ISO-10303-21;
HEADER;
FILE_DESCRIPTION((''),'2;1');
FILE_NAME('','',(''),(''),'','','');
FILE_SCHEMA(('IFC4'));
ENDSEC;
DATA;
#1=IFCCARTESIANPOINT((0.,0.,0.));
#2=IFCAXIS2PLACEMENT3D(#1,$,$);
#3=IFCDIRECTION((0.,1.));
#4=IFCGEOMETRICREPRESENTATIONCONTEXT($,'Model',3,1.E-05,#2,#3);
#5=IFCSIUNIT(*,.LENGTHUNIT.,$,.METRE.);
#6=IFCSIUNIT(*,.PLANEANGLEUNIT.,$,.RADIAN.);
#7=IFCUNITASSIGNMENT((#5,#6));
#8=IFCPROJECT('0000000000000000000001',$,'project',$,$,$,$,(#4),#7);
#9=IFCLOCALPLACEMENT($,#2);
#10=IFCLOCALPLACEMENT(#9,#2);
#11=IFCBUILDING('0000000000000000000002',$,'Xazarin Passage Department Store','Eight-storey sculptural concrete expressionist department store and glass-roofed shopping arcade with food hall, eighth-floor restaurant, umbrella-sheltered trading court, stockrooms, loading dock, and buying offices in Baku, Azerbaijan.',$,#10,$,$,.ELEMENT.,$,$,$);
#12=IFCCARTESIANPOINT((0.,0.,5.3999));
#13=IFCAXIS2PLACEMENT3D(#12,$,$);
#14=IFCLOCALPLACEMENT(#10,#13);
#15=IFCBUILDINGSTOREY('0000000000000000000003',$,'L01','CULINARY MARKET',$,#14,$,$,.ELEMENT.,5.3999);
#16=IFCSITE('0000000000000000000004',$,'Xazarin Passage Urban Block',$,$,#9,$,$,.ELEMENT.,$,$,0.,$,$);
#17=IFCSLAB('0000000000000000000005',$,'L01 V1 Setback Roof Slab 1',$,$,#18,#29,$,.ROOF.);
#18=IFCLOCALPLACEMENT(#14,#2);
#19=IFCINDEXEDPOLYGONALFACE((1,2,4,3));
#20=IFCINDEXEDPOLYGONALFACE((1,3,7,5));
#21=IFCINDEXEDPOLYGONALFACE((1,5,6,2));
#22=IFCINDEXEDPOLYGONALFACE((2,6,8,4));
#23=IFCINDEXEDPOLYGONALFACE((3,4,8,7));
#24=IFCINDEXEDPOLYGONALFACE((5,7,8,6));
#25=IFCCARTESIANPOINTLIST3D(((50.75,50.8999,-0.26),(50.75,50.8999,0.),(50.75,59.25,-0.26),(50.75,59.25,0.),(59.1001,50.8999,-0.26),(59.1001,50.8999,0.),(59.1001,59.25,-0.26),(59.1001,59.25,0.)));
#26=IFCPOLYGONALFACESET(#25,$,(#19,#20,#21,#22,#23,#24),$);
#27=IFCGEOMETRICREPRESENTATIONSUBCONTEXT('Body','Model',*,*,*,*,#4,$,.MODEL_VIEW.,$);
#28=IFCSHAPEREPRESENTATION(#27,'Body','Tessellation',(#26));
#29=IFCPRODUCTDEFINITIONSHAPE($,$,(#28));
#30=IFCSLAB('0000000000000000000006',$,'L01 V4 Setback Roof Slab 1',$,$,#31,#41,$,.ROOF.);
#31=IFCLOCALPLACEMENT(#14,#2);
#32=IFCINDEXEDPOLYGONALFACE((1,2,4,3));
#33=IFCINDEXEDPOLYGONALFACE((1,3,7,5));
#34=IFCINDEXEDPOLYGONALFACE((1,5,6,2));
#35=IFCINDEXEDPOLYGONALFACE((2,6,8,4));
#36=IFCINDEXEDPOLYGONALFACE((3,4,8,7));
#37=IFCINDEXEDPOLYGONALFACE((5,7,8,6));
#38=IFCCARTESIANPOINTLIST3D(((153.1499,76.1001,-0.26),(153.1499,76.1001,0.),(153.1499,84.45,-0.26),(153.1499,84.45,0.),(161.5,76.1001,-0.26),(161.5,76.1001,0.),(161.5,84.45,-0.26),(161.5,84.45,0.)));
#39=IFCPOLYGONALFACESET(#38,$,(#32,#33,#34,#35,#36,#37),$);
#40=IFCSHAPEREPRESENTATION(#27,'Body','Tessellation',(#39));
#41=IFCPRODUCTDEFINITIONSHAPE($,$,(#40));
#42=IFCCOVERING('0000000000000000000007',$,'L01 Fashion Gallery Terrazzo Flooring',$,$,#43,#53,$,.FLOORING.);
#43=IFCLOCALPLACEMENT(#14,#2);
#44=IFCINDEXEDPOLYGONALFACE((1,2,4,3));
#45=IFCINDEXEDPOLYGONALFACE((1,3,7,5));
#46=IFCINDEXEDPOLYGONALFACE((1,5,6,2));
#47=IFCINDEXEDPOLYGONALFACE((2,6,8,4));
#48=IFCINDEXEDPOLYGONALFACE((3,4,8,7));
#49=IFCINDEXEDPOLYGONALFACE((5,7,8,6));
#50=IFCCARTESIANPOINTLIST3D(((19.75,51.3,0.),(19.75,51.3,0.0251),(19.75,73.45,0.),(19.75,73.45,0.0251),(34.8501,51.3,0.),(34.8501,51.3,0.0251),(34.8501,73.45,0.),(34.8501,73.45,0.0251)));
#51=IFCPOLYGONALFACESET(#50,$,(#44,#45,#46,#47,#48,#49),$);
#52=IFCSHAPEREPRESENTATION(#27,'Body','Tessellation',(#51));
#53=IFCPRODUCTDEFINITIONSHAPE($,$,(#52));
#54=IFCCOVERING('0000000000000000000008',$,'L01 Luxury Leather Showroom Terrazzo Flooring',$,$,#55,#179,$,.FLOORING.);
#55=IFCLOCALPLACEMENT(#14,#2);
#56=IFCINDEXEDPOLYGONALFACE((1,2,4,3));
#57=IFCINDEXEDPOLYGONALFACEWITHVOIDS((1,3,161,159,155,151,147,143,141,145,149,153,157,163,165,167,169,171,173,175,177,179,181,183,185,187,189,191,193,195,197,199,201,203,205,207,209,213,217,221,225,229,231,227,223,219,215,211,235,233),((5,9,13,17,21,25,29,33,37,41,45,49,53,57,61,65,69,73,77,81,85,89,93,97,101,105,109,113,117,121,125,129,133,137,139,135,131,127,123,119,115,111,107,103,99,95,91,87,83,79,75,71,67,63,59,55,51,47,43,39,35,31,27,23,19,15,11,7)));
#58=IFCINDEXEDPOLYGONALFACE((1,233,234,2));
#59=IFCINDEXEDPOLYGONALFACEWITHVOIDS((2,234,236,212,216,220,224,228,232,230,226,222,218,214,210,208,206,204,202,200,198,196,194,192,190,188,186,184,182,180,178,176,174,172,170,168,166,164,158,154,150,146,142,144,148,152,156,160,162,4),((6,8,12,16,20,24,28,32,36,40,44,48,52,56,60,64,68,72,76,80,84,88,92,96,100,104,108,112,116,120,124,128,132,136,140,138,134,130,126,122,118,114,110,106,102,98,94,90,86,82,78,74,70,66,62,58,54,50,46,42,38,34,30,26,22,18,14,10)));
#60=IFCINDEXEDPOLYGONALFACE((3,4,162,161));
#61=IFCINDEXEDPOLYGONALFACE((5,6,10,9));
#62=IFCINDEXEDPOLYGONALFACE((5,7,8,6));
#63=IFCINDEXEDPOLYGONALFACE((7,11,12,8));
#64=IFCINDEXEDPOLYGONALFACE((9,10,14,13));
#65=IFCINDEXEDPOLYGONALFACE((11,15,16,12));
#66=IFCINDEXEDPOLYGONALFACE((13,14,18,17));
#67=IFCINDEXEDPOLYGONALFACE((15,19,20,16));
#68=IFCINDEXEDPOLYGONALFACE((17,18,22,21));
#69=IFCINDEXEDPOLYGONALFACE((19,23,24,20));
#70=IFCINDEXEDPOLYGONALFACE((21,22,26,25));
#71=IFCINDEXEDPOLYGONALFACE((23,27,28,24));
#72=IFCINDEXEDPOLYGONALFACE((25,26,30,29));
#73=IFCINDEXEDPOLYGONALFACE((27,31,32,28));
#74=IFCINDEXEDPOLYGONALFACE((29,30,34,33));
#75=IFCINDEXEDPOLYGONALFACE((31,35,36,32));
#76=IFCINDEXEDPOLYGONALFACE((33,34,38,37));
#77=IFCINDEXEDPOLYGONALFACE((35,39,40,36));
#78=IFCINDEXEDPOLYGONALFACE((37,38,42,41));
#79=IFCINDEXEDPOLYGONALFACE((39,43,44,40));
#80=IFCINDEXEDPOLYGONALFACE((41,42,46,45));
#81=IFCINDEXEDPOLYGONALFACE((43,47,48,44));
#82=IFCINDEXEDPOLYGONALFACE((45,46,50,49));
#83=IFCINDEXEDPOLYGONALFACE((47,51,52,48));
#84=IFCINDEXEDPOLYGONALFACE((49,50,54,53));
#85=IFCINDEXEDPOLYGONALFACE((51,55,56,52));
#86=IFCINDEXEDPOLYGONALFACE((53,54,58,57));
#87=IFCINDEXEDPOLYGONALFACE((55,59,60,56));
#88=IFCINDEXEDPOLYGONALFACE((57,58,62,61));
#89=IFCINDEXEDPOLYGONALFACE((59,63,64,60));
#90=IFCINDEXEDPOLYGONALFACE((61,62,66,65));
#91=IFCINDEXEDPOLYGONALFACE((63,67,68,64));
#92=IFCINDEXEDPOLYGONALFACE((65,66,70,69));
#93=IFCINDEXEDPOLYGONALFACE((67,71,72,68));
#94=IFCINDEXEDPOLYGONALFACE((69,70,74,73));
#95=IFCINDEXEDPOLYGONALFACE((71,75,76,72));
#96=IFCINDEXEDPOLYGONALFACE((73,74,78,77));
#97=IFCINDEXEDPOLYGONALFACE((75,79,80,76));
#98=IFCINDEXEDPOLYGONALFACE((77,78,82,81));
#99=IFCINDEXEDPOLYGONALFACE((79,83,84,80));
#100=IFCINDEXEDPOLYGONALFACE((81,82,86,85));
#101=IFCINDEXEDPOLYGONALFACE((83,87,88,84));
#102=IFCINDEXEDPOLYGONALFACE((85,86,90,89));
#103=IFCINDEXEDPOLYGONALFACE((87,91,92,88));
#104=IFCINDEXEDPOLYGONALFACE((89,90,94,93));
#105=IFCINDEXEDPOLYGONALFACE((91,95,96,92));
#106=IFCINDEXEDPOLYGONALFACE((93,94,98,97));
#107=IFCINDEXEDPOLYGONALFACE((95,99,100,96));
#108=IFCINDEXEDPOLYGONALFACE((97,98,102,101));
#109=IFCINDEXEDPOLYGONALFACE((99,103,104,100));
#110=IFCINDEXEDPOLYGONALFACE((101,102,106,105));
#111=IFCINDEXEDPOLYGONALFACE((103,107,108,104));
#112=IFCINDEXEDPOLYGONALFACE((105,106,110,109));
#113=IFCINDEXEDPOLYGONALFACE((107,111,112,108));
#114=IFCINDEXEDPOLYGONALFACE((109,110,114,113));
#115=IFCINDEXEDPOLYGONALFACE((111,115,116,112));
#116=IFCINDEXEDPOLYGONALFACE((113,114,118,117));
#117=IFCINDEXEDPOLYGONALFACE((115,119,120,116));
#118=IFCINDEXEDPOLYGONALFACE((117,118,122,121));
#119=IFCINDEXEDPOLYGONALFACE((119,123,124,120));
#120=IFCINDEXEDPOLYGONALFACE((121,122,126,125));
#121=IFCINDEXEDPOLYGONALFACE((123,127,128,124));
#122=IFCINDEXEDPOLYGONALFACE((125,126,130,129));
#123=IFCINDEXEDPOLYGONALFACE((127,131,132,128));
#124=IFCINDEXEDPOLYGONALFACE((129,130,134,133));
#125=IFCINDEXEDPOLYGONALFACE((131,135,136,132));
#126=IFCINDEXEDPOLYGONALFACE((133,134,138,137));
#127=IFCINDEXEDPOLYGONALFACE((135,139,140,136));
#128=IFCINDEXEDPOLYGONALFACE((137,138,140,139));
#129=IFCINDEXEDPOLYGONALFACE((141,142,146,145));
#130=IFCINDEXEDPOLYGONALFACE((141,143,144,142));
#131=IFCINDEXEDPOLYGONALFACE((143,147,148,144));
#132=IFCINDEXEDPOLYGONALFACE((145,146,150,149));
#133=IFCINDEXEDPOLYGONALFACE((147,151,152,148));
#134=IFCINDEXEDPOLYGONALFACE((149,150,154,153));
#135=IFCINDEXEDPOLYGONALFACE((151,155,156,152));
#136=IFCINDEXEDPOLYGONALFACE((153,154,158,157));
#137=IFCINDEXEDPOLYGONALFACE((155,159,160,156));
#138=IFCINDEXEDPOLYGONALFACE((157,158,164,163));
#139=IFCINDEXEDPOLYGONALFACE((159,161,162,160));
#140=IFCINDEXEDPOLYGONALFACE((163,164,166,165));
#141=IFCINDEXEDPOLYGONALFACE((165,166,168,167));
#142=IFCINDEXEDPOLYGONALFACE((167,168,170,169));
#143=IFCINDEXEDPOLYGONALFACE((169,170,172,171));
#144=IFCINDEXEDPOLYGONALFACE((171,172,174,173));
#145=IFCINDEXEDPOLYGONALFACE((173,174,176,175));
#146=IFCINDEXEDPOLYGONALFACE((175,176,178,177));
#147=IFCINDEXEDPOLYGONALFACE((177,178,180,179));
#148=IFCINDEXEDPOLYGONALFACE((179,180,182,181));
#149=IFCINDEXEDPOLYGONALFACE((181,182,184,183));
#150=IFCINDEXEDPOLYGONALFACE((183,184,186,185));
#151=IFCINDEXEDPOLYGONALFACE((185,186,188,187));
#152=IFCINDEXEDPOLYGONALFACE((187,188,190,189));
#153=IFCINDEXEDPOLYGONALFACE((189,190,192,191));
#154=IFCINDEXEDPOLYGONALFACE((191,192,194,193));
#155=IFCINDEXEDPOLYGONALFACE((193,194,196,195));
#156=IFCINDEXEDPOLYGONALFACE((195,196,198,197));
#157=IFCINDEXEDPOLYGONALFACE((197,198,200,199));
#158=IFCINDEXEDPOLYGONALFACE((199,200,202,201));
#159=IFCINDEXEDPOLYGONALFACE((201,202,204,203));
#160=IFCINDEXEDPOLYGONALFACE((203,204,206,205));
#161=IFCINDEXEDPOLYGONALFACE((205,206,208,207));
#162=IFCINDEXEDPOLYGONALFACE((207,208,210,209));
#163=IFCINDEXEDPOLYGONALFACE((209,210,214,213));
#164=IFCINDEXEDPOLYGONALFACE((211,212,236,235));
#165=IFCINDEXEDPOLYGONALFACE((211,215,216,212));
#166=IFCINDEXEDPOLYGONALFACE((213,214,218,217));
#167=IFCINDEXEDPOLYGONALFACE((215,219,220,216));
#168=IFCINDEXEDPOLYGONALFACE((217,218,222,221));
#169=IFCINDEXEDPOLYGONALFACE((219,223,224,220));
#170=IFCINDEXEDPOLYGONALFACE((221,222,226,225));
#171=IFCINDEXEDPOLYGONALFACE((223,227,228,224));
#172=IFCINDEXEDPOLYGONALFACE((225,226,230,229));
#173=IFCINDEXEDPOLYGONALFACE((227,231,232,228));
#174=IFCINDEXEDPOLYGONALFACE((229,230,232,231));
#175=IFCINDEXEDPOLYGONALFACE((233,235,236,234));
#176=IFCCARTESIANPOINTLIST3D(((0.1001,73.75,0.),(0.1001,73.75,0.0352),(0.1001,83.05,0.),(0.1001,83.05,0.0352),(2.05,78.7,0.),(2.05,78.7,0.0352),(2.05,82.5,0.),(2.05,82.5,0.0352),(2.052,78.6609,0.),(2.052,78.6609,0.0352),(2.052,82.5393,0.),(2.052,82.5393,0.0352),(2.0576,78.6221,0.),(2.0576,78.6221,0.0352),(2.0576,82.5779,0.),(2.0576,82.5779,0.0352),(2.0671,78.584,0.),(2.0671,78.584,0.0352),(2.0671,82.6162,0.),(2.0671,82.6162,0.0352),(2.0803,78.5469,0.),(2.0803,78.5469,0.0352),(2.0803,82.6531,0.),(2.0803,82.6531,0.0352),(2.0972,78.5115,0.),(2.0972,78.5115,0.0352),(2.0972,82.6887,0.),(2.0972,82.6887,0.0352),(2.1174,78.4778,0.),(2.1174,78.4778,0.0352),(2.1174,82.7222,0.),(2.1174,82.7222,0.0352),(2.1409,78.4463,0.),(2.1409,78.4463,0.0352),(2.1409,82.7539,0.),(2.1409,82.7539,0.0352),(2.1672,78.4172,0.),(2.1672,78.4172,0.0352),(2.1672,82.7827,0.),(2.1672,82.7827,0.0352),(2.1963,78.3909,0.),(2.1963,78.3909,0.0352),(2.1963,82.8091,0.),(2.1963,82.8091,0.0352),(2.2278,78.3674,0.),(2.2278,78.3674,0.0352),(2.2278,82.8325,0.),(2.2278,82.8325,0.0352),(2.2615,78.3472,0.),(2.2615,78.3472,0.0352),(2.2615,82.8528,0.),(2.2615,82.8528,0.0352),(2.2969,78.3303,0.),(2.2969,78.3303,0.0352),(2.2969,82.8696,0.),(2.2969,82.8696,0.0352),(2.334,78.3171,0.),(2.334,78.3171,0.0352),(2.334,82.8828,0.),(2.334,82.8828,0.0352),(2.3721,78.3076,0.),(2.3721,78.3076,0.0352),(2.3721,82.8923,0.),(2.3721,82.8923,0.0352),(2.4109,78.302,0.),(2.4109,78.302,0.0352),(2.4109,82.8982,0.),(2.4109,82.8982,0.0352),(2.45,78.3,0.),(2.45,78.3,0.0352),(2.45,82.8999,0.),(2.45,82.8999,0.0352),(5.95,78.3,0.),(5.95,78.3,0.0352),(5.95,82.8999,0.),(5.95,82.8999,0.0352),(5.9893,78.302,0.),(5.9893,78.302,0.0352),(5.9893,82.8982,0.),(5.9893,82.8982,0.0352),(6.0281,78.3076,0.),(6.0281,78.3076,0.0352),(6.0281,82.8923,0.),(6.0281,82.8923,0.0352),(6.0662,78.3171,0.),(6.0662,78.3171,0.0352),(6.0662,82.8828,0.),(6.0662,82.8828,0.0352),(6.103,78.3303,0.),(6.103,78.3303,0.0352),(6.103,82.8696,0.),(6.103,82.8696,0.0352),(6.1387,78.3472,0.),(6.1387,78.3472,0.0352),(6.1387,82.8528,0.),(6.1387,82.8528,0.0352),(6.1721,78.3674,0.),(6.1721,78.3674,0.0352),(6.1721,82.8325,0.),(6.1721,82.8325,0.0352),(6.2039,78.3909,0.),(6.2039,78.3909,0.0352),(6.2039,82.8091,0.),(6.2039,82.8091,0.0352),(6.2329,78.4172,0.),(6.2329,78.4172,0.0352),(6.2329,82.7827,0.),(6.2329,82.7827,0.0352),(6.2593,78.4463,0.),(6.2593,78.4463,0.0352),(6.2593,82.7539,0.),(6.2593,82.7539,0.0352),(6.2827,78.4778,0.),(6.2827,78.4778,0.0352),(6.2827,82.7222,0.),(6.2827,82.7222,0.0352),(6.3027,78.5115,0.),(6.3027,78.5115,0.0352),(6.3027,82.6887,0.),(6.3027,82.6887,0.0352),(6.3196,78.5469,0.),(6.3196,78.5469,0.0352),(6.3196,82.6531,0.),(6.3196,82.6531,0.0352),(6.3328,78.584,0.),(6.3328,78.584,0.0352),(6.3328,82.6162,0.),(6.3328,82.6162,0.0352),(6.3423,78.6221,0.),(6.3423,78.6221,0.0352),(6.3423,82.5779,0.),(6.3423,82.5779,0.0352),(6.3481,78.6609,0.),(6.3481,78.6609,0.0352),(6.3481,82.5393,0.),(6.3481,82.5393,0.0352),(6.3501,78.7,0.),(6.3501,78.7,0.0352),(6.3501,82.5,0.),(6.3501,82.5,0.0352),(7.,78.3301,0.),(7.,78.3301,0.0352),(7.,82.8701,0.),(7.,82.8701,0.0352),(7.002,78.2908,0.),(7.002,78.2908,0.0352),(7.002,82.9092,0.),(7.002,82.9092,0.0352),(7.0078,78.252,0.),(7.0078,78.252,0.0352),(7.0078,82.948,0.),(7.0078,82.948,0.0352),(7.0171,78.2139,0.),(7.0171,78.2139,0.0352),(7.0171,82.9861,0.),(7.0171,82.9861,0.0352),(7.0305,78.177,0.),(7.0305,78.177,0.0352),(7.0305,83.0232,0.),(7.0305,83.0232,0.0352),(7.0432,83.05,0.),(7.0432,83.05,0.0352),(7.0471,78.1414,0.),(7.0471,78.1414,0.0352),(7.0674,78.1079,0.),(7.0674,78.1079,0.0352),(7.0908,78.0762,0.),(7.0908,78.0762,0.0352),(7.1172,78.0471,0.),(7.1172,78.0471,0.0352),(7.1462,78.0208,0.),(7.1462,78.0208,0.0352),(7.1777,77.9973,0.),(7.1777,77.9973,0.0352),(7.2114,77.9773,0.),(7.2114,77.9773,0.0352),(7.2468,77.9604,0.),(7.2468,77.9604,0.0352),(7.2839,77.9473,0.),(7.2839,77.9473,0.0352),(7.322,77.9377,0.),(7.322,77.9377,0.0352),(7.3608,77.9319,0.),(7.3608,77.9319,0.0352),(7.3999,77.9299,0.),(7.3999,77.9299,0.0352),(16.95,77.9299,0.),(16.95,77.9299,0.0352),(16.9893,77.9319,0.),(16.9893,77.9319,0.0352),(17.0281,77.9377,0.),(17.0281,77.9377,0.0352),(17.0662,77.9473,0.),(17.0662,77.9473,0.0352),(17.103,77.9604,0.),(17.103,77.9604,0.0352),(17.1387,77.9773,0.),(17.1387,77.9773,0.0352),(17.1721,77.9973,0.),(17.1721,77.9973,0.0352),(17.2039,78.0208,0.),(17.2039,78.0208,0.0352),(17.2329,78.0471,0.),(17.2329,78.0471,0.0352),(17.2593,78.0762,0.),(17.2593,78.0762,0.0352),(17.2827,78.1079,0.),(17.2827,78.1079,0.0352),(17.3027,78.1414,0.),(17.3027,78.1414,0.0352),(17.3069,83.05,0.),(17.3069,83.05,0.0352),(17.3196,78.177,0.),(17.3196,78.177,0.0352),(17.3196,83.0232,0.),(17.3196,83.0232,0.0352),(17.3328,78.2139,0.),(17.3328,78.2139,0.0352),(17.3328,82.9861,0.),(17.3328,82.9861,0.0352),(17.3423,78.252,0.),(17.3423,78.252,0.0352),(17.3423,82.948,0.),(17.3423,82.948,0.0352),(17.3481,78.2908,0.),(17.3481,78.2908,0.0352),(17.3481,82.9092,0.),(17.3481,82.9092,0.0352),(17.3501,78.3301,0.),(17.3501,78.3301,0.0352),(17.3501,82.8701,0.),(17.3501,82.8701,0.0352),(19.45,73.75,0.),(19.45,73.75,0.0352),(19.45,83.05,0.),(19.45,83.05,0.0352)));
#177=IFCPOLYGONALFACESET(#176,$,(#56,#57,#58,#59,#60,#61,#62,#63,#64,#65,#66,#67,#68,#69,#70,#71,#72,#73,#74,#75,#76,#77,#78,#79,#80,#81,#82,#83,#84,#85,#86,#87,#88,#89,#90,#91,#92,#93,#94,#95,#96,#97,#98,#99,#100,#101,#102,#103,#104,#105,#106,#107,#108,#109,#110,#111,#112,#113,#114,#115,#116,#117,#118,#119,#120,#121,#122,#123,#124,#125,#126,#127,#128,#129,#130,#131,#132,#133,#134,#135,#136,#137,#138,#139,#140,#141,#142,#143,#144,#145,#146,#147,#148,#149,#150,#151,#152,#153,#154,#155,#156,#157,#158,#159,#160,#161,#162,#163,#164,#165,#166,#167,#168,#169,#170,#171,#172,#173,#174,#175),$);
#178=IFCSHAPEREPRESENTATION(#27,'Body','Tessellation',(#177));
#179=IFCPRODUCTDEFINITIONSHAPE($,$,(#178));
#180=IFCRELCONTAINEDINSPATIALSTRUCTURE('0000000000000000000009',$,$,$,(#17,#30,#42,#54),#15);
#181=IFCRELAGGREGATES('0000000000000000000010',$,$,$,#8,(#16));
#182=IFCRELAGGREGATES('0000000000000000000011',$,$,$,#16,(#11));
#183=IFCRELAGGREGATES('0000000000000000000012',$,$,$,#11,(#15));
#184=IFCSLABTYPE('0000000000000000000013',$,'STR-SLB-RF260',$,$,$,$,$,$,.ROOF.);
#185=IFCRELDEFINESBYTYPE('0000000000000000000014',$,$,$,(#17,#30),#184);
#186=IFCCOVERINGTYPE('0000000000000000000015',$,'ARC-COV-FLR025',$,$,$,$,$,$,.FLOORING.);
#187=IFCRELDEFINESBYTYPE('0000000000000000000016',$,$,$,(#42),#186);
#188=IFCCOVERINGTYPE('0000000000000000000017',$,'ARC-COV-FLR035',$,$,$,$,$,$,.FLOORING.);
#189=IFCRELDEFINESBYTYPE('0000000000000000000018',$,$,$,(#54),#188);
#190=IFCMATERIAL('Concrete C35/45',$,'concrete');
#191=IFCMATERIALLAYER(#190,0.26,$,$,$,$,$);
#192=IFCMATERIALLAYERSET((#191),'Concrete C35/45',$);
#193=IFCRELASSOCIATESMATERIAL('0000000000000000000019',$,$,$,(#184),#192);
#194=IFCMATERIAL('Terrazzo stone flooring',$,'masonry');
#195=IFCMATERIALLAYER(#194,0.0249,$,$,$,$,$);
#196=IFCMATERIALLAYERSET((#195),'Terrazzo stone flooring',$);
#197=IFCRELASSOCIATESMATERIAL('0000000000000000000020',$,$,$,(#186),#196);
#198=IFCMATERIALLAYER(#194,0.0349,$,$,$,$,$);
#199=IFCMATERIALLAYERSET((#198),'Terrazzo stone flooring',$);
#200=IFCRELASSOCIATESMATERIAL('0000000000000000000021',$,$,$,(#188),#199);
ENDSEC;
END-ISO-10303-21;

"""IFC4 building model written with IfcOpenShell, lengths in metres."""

from ifc_helpers import new_model, si_unit, direction, frame, origin, place, context, subcontext, project, spatial, polyline, outline, extrude, material, layer, layer_set, type_object, element, save


model = new_model("IFC4")

# Units and contexts
model_context = context("Model", 3, precision=1e-05, world=origin(), true_north=direction((0.0, 1.0)))
body_context = subcontext(model_context, "Body", "Model", "MODEL_VIEW")
ifc_project = project(units=[si_unit("LENGTHUNIT", "METRE"), si_unit("PLANEANGLEUNIT", "RADIAN")], contexts=[model_context])

# Site, building, storey
site_placement = place(None, origin())
site = spatial("IfcSite", under=ifc_project, at=site_placement, Name="Xazarin Passage Urban Block", CompositionType="ELEMENT", RefElevation=0.0)
building_placement = place(site_placement, origin())
building = spatial("IfcBuilding", under=site, at=building_placement, Name="Xazarin Passage Department Store", Description="Eight-storey sculptural concrete expressionist department store and glass-roofed shopping arcade with food hall, eighth-floor restaurant, umbrella-sheltered trading court, stockrooms, loading dock, and buying offices in Baku, Azerbaijan.", CompositionType="ELEMENT")
storey_placement = place(building_placement, frame((0.0, 0.0, 5.3999)))
storey = spatial("IfcBuildingStorey", under=building, at=storey_placement, Name="L01", Description="CULINARY MARKET", CompositionType="ELEMENT", Elevation=5.3999)

# Slabs
ifc_material_1 = material(Name="Concrete C35/45", Category="concrete")
ifc_layer_1 = layer(ifc_material_1, 0.26)
ifc_layer_set_1 = layer_set([ifc_layer_1], Name="Concrete C35/45")
slab_type_1 = type_object("IfcSlabType", Name="STR-SLB-RF260", PredefinedType="ROOF", material=ifc_layer_set_1)
slab_1_placement = place(storey_placement, frame((0.0, 0.0, -0.26)))
element("IfcSlab", 1, at=slab_1_placement, inside=storey, type_object=slab_type_1, Name="L01 V1 Setback Roof Slab 1", PredefinedType="ROOF", context=body_context, shape_type="SweptSolid", body=[
    extrude(outline(polyline([(59.1001, 59.25), (50.75, 59.25), (50.75, 50.8999), (59.1001, 50.8999), (59.1001, 59.25)])), origin(), (0.0, 0.0, 1.0), 0.26),
])
slab_2_placement = place(storey_placement, frame((0.0, 0.0, -0.26)))
element("IfcSlab", 2, at=slab_2_placement, inside=storey, type_object=slab_type_1, Name="L01 V4 Setback Roof Slab 1", PredefinedType="ROOF", context=body_context, shape_type="SweptSolid", body=[
    extrude(outline(polyline([(161.5, 84.45), (153.1499, 84.45), (153.1499, 76.1001), (161.5, 76.1001), (161.5, 84.45)])), origin(), (0.0, 0.0, 1.0), 0.26),
])

# Coverings
ifc_material_2 = material(Name="Terrazzo stone flooring", Category="masonry")
ifc_layer_2 = layer(ifc_material_2, 0.0249)
ifc_layer_set_2 = layer_set([ifc_layer_2], Name="Terrazzo stone flooring")
covering_type_1 = type_object("IfcCoveringType", Name="ARC-COV-FLR025", PredefinedType="FLOORING", material=ifc_layer_set_2)
covering_1_placement = place(storey_placement, origin())
element("IfcCovering", 3, at=covering_1_placement, inside=storey, type_object=covering_type_1, Name="L01 Fashion Gallery Terrazzo Flooring", PredefinedType="FLOORING", context=body_context, shape_type="SweptSolid", body=[
    extrude(outline(polyline([(19.75, 51.3), (34.8501, 51.3), (34.8501, 73.45), (19.75, 73.45), (19.75, 51.3)])), origin(), (0.0, 0.0, 1.0), 0.0251),
])
ifc_layer_3 = layer(ifc_material_2, 0.0349)
ifc_layer_set_3 = layer_set([ifc_layer_3], Name="Terrazzo stone flooring")
covering_type_2 = type_object("IfcCoveringType", Name="ARC-COV-FLR035", PredefinedType="FLOORING", material=ifc_layer_set_3)
covering_2_placement = place(storey_placement, origin())
element("IfcCovering", 4, at=covering_2_placement, inside=storey, type_object=covering_type_2, Name="L01 Luxury Leather Showroom Terrazzo Flooring", PredefinedType="FLOORING", context=body_context, shape_type="SweptSolid", body=[
    extrude(outline(polyline([(17.3069, 83.05), (17.3196, 83.0232), (17.3328, 82.9861), (17.3423, 82.948), (17.3481, 82.9092), (17.3501, 82.8701), (17.3501, 78.3301), (17.3481, 78.2908), (17.3423, 78.252), (17.3328, 78.2139), (17.3196, 78.177), (17.3027, 78.1414), (17.2827, 78.1079), (17.2593, 78.0762), (17.2329, 78.0471), (17.2039, 78.0208), (17.1721, 77.9973), (17.1387, 77.9773), (17.103, 77.9604), (17.0662, 77.9473), (17.0281, 77.9377), (16.9893, 77.9319), (16.95, 77.9299), (7.3999, 77.9299), (7.3608, 77.9319), (7.322, 77.9377), (7.2839, 77.9473), (7.2468, 77.9604), (7.2114, 77.9773), (7.1777, 77.9973), (7.1462, 78.0208), (7.1172, 78.0471), (7.0908, 78.0762), (7.0674, 78.1079), (7.0471, 78.1414), (7.0305, 78.177), (7.0171, 78.2139), (7.0078, 78.252), (7.002, 78.2908), (7.0, 78.3301), (7.0, 82.8701), (7.002, 82.9092), (7.0078, 82.948), (7.0171, 82.9861), (7.0305, 83.0232), (7.0432, 83.05), (0.1001, 83.05), (0.1001, 73.75), (19.45, 73.75), (19.45, 83.05), (17.3069, 83.05)]), holes=[polyline([(2.45, 78.3), (2.4109, 78.302), (2.3721, 78.3076), (2.334, 78.3171), (2.2969, 78.3303), (2.2615, 78.3472), (2.2278, 78.3674), (2.1963, 78.3909), (2.1672, 78.4172), (2.1409, 78.4463), (2.1174, 78.4778), (2.0972, 78.5115), (2.0803, 78.5469), (2.0671, 78.584), (2.0576, 78.6221), (2.052, 78.6609), (2.05, 78.7), (2.05, 82.5), (2.052, 82.5393), (2.0576, 82.5779), (2.0671, 82.6162), (2.0803, 82.6531), (2.0972, 82.6887), (2.1174, 82.7222), (2.1409, 82.7539), (2.1672, 82.7827), (2.1963, 82.8091), (2.2278, 82.8325), (2.2615, 82.8528), (2.2969, 82.8696), (2.334, 82.8828), (2.3721, 82.8923), (2.4109, 82.8982), (2.45, 82.8999), (5.95, 82.8999), (5.9893, 82.8982), (6.0281, 82.8923), (6.0662, 82.8828), (6.103, 82.8696), (6.1387, 82.8528), (6.1721, 82.8325), (6.2039, 82.8091), (6.2329, 82.7827), (6.2593, 82.7539), (6.2827, 82.7222), (6.3027, 82.6887), (6.3196, 82.6531), (6.3328, 82.6162), (6.3423, 82.5779), (6.3481, 82.5393), (6.3501, 82.5), (6.3501, 78.7), (6.3481, 78.6609), (6.3423, 78.6221), (6.3328, 78.584), (6.3196, 78.5469), (6.3027, 78.5115), (6.2827, 78.4778), (6.2593, 78.4463), (6.2329, 78.4172), (6.2039, 78.3909), (6.1721, 78.3674), (6.1387, 78.3472), (6.103, 78.3303), (6.0662, 78.3171), (6.0281, 78.3076), (5.9893, 78.302), (5.95, 78.3), (2.45, 78.3)])]), origin(), (0.0, 0.0, 1.0), 0.0352),
])

save(model, "model.ifc")
